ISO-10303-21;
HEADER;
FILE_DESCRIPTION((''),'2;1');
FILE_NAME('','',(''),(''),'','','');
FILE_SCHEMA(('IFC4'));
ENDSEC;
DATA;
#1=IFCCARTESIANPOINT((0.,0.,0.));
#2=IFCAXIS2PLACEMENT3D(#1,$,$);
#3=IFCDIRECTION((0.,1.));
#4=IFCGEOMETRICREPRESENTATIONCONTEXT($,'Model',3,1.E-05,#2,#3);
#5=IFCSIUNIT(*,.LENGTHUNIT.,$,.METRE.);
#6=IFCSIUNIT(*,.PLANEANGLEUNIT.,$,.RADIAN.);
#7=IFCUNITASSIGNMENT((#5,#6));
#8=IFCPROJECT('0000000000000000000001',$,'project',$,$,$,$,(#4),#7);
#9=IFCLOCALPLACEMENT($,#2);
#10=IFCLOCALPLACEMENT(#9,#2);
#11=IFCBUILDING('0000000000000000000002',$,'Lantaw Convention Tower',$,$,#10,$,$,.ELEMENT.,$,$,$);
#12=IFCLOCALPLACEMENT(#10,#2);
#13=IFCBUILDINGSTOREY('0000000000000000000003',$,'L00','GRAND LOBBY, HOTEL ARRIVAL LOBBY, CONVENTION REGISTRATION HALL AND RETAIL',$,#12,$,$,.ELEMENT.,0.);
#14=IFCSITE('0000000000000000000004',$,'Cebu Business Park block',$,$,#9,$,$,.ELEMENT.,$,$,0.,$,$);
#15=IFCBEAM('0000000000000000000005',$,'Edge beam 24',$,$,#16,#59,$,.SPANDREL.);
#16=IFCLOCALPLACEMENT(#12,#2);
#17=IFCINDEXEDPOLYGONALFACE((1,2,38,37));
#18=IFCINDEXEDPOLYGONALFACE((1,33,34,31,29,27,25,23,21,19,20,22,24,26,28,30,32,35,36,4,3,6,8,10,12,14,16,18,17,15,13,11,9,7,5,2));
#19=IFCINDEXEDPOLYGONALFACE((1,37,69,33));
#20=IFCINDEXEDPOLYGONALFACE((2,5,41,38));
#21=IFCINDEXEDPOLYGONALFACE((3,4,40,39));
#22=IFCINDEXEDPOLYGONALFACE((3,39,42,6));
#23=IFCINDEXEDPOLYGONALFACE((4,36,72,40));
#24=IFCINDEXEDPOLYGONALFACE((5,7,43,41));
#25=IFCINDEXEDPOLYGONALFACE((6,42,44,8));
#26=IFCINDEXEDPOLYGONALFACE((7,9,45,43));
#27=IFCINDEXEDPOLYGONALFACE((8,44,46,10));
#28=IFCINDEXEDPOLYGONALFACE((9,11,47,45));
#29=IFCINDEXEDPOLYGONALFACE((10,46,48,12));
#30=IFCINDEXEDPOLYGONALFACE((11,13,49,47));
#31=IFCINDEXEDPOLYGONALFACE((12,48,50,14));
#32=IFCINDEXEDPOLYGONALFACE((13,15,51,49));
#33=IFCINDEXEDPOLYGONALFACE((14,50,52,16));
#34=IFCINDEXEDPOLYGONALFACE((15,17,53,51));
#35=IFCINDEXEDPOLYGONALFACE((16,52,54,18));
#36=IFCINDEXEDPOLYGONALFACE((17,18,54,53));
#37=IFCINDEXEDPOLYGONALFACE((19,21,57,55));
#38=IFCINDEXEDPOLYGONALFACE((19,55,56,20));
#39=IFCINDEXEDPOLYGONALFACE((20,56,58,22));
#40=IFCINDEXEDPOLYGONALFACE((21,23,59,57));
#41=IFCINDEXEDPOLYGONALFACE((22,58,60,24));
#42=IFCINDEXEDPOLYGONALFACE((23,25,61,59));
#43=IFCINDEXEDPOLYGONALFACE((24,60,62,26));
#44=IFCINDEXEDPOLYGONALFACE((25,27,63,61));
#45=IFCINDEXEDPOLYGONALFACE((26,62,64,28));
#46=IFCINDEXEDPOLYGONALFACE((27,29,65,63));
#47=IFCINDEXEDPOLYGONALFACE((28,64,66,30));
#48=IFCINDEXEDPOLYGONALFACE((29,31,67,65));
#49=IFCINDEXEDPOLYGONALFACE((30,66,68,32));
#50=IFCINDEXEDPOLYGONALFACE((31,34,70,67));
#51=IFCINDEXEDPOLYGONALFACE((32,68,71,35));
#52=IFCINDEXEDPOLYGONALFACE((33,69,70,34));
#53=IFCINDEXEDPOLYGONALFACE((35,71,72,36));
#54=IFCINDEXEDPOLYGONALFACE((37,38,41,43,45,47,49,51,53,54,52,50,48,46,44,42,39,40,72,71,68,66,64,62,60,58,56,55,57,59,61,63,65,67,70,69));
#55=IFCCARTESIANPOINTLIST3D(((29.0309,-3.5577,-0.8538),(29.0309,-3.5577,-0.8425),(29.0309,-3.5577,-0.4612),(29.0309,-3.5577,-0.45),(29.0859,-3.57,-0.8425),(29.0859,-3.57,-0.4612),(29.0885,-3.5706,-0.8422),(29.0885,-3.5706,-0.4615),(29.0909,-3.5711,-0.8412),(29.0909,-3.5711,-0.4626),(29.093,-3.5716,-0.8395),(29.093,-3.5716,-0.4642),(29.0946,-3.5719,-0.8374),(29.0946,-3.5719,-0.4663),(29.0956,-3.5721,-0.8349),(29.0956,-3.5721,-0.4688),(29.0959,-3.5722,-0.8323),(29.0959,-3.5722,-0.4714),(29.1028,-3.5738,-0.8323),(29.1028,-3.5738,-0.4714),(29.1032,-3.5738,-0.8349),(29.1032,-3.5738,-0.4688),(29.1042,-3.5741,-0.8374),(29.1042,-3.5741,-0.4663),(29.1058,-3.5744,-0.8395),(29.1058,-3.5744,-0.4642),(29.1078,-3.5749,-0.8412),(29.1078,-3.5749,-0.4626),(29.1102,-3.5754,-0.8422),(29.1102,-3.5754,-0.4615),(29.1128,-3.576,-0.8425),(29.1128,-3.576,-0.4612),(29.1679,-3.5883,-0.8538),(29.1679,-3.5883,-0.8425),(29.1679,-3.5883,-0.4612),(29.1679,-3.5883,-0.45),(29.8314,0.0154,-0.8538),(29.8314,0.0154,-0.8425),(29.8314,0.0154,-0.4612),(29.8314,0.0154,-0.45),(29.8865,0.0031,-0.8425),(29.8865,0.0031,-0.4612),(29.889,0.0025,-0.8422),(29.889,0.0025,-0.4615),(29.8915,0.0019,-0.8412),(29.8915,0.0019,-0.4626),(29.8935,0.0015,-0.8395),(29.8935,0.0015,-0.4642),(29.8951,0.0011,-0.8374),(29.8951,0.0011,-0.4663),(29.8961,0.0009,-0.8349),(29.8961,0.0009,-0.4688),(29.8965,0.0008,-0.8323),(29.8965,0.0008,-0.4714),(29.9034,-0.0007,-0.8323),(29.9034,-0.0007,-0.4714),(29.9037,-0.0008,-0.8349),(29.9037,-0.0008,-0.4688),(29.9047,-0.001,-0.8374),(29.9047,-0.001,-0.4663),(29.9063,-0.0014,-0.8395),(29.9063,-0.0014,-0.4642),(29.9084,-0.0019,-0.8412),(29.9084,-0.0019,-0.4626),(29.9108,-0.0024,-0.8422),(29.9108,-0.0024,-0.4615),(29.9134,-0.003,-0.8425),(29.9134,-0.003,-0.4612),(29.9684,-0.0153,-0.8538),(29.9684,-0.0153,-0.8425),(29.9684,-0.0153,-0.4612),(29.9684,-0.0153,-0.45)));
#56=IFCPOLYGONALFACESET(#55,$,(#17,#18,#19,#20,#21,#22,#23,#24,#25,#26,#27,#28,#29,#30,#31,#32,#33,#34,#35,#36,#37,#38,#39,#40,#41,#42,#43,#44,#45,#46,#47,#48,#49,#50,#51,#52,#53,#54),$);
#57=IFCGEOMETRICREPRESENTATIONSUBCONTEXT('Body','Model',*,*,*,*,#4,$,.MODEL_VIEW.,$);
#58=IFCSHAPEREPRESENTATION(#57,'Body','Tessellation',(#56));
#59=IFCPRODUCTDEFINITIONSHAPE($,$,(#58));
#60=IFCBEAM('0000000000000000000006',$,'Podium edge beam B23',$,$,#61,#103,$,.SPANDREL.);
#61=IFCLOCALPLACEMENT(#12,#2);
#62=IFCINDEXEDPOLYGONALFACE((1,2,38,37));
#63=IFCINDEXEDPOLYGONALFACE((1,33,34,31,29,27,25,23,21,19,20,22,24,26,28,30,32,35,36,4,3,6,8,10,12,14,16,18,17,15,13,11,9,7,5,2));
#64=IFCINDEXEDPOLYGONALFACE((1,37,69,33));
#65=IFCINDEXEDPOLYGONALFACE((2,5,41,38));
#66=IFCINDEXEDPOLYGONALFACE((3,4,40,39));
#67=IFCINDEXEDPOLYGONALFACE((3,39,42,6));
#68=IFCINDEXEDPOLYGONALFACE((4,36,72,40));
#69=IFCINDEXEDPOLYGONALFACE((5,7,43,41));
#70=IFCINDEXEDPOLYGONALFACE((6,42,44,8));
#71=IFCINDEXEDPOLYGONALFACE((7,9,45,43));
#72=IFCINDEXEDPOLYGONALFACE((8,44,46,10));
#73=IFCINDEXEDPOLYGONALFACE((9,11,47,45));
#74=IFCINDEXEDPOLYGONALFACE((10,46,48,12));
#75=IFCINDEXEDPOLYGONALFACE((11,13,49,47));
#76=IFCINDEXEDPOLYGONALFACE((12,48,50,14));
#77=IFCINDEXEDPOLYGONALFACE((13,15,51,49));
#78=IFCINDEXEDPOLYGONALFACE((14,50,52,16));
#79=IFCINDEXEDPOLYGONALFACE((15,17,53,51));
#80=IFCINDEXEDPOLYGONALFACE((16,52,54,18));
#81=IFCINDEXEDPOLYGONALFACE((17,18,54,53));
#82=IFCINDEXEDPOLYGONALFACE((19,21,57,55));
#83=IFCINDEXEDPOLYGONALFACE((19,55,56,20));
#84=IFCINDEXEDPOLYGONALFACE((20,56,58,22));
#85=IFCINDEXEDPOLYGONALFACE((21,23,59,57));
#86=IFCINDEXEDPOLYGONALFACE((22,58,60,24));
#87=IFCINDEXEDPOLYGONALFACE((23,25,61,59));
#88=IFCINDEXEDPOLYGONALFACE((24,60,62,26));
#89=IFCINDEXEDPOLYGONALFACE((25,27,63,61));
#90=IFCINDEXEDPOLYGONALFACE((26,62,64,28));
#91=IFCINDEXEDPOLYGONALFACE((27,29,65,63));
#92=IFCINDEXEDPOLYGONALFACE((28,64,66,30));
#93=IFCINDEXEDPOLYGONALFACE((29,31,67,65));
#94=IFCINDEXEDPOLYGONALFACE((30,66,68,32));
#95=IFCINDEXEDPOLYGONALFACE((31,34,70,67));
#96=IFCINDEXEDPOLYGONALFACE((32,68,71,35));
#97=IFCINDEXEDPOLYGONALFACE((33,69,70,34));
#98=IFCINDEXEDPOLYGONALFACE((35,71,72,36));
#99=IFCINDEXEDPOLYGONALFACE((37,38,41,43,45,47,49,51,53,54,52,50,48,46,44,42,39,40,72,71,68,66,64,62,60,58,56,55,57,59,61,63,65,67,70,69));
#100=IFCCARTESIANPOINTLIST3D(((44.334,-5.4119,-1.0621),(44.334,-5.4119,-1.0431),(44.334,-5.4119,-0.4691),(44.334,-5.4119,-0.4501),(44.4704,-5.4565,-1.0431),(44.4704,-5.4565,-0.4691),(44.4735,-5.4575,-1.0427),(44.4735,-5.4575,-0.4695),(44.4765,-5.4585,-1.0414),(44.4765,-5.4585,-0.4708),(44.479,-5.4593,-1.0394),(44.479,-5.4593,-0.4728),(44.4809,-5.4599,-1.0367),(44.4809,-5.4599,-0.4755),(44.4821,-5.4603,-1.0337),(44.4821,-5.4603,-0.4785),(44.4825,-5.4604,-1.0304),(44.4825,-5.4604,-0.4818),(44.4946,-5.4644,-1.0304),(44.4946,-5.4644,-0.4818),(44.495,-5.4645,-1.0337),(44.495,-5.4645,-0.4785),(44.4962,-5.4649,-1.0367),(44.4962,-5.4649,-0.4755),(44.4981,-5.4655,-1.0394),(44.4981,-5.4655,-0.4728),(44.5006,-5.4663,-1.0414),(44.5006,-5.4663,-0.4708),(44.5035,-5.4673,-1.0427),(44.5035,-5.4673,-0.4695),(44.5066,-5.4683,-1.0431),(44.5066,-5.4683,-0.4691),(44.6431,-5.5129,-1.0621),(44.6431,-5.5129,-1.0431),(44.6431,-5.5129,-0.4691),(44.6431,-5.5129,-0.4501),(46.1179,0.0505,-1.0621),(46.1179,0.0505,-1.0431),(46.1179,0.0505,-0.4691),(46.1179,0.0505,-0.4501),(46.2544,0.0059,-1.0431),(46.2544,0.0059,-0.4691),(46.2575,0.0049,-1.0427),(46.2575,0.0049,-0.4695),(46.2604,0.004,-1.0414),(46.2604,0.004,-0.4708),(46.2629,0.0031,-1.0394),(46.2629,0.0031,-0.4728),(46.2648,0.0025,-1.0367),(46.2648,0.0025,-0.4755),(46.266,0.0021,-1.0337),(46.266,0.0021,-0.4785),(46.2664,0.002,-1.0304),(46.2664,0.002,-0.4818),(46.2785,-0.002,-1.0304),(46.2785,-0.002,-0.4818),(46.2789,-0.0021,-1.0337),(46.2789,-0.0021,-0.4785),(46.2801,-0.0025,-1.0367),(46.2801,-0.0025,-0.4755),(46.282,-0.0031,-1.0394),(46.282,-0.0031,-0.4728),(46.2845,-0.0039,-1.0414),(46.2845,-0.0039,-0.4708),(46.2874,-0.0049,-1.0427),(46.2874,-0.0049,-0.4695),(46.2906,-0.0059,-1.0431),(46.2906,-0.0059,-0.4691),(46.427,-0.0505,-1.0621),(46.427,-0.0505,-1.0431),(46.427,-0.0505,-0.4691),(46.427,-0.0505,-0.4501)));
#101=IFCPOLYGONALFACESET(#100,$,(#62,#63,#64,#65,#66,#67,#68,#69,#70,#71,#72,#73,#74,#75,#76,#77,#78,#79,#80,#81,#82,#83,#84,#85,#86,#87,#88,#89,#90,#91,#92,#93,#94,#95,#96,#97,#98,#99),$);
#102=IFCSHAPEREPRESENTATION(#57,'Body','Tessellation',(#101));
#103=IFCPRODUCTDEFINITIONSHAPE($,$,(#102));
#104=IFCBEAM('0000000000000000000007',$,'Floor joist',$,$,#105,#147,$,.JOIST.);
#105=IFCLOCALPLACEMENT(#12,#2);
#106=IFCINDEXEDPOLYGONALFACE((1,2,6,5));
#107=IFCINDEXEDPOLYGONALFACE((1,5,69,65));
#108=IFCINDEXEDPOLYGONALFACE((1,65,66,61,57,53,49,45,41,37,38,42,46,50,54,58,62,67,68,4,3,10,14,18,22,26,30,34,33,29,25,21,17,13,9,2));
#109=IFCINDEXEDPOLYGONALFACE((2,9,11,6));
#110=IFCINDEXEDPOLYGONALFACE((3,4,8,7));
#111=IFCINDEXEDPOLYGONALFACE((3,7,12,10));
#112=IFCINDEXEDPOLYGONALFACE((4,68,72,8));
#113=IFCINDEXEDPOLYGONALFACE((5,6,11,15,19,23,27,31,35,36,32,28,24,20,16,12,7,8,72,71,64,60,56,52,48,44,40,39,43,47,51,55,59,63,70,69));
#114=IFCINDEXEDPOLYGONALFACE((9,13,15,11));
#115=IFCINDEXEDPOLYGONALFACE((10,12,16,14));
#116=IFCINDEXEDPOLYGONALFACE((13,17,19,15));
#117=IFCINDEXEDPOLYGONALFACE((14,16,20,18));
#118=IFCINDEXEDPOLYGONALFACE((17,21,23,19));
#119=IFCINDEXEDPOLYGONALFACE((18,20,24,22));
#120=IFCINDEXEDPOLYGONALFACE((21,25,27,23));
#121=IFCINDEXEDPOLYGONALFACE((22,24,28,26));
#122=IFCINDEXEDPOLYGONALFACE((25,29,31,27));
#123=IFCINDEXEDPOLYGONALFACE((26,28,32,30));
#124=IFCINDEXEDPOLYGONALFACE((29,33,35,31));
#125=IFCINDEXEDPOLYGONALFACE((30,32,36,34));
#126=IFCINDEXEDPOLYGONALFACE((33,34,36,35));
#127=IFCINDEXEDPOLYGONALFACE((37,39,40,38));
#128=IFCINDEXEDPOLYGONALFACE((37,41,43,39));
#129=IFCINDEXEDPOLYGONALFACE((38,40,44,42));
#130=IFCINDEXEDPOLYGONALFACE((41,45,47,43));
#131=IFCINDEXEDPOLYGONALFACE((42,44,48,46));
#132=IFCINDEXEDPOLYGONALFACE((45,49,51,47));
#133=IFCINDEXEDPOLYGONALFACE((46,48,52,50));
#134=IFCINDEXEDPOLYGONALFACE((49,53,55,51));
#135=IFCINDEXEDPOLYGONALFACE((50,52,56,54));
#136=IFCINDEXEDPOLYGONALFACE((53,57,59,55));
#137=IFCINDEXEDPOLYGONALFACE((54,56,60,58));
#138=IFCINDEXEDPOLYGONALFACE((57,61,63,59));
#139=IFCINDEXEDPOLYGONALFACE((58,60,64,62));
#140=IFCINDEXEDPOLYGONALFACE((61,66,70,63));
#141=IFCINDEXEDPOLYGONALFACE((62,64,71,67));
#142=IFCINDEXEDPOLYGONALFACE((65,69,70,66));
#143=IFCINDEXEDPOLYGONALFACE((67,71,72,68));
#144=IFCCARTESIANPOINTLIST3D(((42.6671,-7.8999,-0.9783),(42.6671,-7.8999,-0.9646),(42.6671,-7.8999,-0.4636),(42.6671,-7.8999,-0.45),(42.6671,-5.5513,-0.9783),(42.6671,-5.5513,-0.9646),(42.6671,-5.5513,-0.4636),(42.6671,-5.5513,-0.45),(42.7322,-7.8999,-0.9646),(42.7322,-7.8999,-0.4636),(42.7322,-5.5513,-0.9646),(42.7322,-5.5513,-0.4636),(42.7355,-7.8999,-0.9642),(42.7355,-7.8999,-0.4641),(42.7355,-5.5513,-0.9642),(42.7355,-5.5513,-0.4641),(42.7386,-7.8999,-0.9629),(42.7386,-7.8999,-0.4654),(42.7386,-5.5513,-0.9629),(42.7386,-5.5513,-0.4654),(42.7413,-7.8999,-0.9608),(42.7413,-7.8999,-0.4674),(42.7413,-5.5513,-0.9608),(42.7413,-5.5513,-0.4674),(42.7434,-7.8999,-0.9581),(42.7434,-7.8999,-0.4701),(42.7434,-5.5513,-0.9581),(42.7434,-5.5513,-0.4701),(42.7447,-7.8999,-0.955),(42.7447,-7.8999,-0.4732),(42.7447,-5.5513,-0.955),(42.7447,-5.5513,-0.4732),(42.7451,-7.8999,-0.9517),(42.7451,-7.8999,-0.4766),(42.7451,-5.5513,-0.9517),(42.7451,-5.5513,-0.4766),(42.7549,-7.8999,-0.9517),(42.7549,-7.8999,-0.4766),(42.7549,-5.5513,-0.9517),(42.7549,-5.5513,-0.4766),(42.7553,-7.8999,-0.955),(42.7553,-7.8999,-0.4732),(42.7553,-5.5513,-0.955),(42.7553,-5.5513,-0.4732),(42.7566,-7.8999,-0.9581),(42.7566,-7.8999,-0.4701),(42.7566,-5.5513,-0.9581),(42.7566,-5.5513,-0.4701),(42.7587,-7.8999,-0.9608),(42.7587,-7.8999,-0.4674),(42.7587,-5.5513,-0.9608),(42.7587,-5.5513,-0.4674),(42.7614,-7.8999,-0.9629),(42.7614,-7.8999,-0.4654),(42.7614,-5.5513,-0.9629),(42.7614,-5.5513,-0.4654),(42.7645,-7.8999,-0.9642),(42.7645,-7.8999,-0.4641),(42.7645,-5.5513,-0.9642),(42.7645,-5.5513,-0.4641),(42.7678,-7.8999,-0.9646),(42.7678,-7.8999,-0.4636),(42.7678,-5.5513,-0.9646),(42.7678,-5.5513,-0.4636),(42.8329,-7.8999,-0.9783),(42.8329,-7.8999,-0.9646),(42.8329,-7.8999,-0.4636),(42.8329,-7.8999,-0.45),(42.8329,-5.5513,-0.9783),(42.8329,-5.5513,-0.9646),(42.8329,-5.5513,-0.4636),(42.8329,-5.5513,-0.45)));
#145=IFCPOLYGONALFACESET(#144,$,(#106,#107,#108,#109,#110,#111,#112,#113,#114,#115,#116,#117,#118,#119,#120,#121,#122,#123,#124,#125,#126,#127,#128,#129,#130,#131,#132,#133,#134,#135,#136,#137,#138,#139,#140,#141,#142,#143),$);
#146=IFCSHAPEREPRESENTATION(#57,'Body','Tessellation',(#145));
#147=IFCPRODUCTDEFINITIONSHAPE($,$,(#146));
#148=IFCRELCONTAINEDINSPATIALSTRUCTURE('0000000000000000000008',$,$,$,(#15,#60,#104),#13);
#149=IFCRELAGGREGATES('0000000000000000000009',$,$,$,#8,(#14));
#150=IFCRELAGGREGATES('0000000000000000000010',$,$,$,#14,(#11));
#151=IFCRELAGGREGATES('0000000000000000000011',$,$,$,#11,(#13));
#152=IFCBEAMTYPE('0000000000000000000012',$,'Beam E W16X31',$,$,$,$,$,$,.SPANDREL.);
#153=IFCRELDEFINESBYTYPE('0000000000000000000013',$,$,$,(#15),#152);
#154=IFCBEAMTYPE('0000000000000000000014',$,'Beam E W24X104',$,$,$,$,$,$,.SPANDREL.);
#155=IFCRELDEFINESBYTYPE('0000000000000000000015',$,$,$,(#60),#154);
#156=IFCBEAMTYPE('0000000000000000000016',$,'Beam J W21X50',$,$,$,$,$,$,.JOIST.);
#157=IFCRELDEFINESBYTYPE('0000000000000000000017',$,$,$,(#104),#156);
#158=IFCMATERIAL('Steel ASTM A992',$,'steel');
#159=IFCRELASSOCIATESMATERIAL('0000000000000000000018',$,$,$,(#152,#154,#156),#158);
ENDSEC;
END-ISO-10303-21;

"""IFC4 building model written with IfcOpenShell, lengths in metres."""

from ifc_helpers import new_model, si_unit, direction, frame, origin, origin_2d, place, context, subcontext, project, spatial, i_section, extrude, material, material_profile, profile_set, type_object, element, save


model = new_model("IFC4")

# Units and contexts
model_context = context("Model", 3, precision=1e-05, world=origin(), true_north=direction((0.0, 1.0)))
body_context = subcontext(model_context, "Body", "Model", "MODEL_VIEW")
ifc_project = project(units=[si_unit("LENGTHUNIT", "METRE"), si_unit("PLANEANGLEUNIT", "RADIAN")], contexts=[model_context])

# Site, building, storey
site_placement = place(None, origin())
site = spatial("IfcSite", under=ifc_project, at=site_placement, Name="Cebu Business Park block", CompositionType="ELEMENT", RefElevation=0.0)
building_placement = place(site_placement, origin())
building = spatial("IfcBuilding", under=site, at=building_placement, Name="Lantaw Convention Tower", CompositionType="ELEMENT")
storey_placement = place(building_placement, origin())
storey = spatial("IfcBuildingStorey", under=building, at=storey_placement, Name="L00", Description="GRAND LOBBY, HOTEL ARRIVAL LOBBY, CONVENTION REGISTRATION HALL AND RETAIL", CompositionType="ELEMENT", Elevation=0.0)

# Beams
ifc_material_1 = material(Name="Steel ASTM A992", Category="steel")
ifc_material_profile_1 = material_profile(ifc_material_1, i_section(OverallWidth=0.1404, OverallDepth=0.4038, WebThickness=0.0071, FlangeThickness=0.0112, FilletRadius=0.0103, at=origin_2d()), Name="W16X31")
ifc_profile_set_1 = profile_set([ifc_material_profile_1], Name="Steel ASTM A992")
beam_type_1 = type_object("IfcBeamType", Name="Beam E W16X31", PredefinedType="SPANDREL", material=ifc_profile_set_1)
beam_1_placement = place(storey_placement, frame((29.0994, -3.573, -0.6519), z_axis=(0.218632, 0.975807, 0.0), x_axis=(-0.975807, 0.218632, 0.0)))
element("IfcBeam", 1, at=beam_1_placement, inside=storey, type_object=beam_type_1, Name="Edge beam 24", PredefinedType="SPANDREL", context=body_context, shape_type="SweptSolid", body=[
    extrude(i_section(OverallWidth=0.1404, OverallDepth=0.4038, WebThickness=0.0071, FlangeThickness=0.0112, FilletRadius=0.0103, at=origin_2d()), origin(), (0.0, 0.0, 1.0), 3.6616),
])
ifc_material_profile_2 = material_profile(ifc_material_1, i_section(OverallWidth=0.3252, OverallDepth=0.6121, WebThickness=0.0127, FlangeThickness=0.019, FilletRadius=0.0127, at=origin_2d()), Name="W24X104")
ifc_profile_set_2 = profile_set([ifc_material_profile_2], Name="Steel ASTM A992")
beam_type_2 = type_object("IfcBeamType", Name="Beam E W24X104", PredefinedType="SPANDREL", material=ifc_profile_set_2)
beam_2_placement = place(storey_placement, frame((44.4885, -5.4624, -0.7561), z_axis=(0.310448, 0.95059, 0.0), x_axis=(-0.95059, 0.310448, 0.0)))
element("IfcBeam", 2, at=beam_2_placement, inside=storey, type_object=beam_type_2, Name="Podium edge beam B23", PredefinedType="SPANDREL", context=body_context, shape_type="SweptSolid", body=[
    extrude(i_section(OverallWidth=0.3252, OverallDepth=0.6121, WebThickness=0.0127, FlangeThickness=0.019, FilletRadius=0.0127, at=origin_2d()), origin(), (0.0, 0.0, 1.0), 5.7463),
])
ifc_material_profile_3 = material_profile(ifc_material_1, i_section(OverallWidth=0.1658, OverallDepth=0.5283, WebThickness=0.0098, FlangeThickness=0.0137, FilletRadius=0.0129, at=origin_2d()), Name="W21X50")
ifc_profile_set_3 = profile_set([ifc_material_profile_3], Name="Steel ASTM A992")
beam_type_3 = type_object("IfcBeamType", Name="Beam J W21X50", PredefinedType="JOIST", material=ifc_profile_set_3)
beam_3_placement = place(storey_placement, frame((42.75, -7.8999, -0.7141), z_axis=(0.0, 1.0, 0.0), x_axis=(-1.0, 0.0, 0.0)))
element("IfcBeam", 3, at=beam_3_placement, inside=storey, type_object=beam_type_3, Name="Floor joist", PredefinedType="JOIST", context=body_context, shape_type="SweptSolid", body=[
    extrude(i_section(OverallWidth=0.1658, OverallDepth=0.5283, WebThickness=0.0098, FlangeThickness=0.0137, FilletRadius=0.0129, at=origin_2d()), origin(), (0.0, 0.0, 1.0), 2.3486),
])

save(model, "model.ifc")
